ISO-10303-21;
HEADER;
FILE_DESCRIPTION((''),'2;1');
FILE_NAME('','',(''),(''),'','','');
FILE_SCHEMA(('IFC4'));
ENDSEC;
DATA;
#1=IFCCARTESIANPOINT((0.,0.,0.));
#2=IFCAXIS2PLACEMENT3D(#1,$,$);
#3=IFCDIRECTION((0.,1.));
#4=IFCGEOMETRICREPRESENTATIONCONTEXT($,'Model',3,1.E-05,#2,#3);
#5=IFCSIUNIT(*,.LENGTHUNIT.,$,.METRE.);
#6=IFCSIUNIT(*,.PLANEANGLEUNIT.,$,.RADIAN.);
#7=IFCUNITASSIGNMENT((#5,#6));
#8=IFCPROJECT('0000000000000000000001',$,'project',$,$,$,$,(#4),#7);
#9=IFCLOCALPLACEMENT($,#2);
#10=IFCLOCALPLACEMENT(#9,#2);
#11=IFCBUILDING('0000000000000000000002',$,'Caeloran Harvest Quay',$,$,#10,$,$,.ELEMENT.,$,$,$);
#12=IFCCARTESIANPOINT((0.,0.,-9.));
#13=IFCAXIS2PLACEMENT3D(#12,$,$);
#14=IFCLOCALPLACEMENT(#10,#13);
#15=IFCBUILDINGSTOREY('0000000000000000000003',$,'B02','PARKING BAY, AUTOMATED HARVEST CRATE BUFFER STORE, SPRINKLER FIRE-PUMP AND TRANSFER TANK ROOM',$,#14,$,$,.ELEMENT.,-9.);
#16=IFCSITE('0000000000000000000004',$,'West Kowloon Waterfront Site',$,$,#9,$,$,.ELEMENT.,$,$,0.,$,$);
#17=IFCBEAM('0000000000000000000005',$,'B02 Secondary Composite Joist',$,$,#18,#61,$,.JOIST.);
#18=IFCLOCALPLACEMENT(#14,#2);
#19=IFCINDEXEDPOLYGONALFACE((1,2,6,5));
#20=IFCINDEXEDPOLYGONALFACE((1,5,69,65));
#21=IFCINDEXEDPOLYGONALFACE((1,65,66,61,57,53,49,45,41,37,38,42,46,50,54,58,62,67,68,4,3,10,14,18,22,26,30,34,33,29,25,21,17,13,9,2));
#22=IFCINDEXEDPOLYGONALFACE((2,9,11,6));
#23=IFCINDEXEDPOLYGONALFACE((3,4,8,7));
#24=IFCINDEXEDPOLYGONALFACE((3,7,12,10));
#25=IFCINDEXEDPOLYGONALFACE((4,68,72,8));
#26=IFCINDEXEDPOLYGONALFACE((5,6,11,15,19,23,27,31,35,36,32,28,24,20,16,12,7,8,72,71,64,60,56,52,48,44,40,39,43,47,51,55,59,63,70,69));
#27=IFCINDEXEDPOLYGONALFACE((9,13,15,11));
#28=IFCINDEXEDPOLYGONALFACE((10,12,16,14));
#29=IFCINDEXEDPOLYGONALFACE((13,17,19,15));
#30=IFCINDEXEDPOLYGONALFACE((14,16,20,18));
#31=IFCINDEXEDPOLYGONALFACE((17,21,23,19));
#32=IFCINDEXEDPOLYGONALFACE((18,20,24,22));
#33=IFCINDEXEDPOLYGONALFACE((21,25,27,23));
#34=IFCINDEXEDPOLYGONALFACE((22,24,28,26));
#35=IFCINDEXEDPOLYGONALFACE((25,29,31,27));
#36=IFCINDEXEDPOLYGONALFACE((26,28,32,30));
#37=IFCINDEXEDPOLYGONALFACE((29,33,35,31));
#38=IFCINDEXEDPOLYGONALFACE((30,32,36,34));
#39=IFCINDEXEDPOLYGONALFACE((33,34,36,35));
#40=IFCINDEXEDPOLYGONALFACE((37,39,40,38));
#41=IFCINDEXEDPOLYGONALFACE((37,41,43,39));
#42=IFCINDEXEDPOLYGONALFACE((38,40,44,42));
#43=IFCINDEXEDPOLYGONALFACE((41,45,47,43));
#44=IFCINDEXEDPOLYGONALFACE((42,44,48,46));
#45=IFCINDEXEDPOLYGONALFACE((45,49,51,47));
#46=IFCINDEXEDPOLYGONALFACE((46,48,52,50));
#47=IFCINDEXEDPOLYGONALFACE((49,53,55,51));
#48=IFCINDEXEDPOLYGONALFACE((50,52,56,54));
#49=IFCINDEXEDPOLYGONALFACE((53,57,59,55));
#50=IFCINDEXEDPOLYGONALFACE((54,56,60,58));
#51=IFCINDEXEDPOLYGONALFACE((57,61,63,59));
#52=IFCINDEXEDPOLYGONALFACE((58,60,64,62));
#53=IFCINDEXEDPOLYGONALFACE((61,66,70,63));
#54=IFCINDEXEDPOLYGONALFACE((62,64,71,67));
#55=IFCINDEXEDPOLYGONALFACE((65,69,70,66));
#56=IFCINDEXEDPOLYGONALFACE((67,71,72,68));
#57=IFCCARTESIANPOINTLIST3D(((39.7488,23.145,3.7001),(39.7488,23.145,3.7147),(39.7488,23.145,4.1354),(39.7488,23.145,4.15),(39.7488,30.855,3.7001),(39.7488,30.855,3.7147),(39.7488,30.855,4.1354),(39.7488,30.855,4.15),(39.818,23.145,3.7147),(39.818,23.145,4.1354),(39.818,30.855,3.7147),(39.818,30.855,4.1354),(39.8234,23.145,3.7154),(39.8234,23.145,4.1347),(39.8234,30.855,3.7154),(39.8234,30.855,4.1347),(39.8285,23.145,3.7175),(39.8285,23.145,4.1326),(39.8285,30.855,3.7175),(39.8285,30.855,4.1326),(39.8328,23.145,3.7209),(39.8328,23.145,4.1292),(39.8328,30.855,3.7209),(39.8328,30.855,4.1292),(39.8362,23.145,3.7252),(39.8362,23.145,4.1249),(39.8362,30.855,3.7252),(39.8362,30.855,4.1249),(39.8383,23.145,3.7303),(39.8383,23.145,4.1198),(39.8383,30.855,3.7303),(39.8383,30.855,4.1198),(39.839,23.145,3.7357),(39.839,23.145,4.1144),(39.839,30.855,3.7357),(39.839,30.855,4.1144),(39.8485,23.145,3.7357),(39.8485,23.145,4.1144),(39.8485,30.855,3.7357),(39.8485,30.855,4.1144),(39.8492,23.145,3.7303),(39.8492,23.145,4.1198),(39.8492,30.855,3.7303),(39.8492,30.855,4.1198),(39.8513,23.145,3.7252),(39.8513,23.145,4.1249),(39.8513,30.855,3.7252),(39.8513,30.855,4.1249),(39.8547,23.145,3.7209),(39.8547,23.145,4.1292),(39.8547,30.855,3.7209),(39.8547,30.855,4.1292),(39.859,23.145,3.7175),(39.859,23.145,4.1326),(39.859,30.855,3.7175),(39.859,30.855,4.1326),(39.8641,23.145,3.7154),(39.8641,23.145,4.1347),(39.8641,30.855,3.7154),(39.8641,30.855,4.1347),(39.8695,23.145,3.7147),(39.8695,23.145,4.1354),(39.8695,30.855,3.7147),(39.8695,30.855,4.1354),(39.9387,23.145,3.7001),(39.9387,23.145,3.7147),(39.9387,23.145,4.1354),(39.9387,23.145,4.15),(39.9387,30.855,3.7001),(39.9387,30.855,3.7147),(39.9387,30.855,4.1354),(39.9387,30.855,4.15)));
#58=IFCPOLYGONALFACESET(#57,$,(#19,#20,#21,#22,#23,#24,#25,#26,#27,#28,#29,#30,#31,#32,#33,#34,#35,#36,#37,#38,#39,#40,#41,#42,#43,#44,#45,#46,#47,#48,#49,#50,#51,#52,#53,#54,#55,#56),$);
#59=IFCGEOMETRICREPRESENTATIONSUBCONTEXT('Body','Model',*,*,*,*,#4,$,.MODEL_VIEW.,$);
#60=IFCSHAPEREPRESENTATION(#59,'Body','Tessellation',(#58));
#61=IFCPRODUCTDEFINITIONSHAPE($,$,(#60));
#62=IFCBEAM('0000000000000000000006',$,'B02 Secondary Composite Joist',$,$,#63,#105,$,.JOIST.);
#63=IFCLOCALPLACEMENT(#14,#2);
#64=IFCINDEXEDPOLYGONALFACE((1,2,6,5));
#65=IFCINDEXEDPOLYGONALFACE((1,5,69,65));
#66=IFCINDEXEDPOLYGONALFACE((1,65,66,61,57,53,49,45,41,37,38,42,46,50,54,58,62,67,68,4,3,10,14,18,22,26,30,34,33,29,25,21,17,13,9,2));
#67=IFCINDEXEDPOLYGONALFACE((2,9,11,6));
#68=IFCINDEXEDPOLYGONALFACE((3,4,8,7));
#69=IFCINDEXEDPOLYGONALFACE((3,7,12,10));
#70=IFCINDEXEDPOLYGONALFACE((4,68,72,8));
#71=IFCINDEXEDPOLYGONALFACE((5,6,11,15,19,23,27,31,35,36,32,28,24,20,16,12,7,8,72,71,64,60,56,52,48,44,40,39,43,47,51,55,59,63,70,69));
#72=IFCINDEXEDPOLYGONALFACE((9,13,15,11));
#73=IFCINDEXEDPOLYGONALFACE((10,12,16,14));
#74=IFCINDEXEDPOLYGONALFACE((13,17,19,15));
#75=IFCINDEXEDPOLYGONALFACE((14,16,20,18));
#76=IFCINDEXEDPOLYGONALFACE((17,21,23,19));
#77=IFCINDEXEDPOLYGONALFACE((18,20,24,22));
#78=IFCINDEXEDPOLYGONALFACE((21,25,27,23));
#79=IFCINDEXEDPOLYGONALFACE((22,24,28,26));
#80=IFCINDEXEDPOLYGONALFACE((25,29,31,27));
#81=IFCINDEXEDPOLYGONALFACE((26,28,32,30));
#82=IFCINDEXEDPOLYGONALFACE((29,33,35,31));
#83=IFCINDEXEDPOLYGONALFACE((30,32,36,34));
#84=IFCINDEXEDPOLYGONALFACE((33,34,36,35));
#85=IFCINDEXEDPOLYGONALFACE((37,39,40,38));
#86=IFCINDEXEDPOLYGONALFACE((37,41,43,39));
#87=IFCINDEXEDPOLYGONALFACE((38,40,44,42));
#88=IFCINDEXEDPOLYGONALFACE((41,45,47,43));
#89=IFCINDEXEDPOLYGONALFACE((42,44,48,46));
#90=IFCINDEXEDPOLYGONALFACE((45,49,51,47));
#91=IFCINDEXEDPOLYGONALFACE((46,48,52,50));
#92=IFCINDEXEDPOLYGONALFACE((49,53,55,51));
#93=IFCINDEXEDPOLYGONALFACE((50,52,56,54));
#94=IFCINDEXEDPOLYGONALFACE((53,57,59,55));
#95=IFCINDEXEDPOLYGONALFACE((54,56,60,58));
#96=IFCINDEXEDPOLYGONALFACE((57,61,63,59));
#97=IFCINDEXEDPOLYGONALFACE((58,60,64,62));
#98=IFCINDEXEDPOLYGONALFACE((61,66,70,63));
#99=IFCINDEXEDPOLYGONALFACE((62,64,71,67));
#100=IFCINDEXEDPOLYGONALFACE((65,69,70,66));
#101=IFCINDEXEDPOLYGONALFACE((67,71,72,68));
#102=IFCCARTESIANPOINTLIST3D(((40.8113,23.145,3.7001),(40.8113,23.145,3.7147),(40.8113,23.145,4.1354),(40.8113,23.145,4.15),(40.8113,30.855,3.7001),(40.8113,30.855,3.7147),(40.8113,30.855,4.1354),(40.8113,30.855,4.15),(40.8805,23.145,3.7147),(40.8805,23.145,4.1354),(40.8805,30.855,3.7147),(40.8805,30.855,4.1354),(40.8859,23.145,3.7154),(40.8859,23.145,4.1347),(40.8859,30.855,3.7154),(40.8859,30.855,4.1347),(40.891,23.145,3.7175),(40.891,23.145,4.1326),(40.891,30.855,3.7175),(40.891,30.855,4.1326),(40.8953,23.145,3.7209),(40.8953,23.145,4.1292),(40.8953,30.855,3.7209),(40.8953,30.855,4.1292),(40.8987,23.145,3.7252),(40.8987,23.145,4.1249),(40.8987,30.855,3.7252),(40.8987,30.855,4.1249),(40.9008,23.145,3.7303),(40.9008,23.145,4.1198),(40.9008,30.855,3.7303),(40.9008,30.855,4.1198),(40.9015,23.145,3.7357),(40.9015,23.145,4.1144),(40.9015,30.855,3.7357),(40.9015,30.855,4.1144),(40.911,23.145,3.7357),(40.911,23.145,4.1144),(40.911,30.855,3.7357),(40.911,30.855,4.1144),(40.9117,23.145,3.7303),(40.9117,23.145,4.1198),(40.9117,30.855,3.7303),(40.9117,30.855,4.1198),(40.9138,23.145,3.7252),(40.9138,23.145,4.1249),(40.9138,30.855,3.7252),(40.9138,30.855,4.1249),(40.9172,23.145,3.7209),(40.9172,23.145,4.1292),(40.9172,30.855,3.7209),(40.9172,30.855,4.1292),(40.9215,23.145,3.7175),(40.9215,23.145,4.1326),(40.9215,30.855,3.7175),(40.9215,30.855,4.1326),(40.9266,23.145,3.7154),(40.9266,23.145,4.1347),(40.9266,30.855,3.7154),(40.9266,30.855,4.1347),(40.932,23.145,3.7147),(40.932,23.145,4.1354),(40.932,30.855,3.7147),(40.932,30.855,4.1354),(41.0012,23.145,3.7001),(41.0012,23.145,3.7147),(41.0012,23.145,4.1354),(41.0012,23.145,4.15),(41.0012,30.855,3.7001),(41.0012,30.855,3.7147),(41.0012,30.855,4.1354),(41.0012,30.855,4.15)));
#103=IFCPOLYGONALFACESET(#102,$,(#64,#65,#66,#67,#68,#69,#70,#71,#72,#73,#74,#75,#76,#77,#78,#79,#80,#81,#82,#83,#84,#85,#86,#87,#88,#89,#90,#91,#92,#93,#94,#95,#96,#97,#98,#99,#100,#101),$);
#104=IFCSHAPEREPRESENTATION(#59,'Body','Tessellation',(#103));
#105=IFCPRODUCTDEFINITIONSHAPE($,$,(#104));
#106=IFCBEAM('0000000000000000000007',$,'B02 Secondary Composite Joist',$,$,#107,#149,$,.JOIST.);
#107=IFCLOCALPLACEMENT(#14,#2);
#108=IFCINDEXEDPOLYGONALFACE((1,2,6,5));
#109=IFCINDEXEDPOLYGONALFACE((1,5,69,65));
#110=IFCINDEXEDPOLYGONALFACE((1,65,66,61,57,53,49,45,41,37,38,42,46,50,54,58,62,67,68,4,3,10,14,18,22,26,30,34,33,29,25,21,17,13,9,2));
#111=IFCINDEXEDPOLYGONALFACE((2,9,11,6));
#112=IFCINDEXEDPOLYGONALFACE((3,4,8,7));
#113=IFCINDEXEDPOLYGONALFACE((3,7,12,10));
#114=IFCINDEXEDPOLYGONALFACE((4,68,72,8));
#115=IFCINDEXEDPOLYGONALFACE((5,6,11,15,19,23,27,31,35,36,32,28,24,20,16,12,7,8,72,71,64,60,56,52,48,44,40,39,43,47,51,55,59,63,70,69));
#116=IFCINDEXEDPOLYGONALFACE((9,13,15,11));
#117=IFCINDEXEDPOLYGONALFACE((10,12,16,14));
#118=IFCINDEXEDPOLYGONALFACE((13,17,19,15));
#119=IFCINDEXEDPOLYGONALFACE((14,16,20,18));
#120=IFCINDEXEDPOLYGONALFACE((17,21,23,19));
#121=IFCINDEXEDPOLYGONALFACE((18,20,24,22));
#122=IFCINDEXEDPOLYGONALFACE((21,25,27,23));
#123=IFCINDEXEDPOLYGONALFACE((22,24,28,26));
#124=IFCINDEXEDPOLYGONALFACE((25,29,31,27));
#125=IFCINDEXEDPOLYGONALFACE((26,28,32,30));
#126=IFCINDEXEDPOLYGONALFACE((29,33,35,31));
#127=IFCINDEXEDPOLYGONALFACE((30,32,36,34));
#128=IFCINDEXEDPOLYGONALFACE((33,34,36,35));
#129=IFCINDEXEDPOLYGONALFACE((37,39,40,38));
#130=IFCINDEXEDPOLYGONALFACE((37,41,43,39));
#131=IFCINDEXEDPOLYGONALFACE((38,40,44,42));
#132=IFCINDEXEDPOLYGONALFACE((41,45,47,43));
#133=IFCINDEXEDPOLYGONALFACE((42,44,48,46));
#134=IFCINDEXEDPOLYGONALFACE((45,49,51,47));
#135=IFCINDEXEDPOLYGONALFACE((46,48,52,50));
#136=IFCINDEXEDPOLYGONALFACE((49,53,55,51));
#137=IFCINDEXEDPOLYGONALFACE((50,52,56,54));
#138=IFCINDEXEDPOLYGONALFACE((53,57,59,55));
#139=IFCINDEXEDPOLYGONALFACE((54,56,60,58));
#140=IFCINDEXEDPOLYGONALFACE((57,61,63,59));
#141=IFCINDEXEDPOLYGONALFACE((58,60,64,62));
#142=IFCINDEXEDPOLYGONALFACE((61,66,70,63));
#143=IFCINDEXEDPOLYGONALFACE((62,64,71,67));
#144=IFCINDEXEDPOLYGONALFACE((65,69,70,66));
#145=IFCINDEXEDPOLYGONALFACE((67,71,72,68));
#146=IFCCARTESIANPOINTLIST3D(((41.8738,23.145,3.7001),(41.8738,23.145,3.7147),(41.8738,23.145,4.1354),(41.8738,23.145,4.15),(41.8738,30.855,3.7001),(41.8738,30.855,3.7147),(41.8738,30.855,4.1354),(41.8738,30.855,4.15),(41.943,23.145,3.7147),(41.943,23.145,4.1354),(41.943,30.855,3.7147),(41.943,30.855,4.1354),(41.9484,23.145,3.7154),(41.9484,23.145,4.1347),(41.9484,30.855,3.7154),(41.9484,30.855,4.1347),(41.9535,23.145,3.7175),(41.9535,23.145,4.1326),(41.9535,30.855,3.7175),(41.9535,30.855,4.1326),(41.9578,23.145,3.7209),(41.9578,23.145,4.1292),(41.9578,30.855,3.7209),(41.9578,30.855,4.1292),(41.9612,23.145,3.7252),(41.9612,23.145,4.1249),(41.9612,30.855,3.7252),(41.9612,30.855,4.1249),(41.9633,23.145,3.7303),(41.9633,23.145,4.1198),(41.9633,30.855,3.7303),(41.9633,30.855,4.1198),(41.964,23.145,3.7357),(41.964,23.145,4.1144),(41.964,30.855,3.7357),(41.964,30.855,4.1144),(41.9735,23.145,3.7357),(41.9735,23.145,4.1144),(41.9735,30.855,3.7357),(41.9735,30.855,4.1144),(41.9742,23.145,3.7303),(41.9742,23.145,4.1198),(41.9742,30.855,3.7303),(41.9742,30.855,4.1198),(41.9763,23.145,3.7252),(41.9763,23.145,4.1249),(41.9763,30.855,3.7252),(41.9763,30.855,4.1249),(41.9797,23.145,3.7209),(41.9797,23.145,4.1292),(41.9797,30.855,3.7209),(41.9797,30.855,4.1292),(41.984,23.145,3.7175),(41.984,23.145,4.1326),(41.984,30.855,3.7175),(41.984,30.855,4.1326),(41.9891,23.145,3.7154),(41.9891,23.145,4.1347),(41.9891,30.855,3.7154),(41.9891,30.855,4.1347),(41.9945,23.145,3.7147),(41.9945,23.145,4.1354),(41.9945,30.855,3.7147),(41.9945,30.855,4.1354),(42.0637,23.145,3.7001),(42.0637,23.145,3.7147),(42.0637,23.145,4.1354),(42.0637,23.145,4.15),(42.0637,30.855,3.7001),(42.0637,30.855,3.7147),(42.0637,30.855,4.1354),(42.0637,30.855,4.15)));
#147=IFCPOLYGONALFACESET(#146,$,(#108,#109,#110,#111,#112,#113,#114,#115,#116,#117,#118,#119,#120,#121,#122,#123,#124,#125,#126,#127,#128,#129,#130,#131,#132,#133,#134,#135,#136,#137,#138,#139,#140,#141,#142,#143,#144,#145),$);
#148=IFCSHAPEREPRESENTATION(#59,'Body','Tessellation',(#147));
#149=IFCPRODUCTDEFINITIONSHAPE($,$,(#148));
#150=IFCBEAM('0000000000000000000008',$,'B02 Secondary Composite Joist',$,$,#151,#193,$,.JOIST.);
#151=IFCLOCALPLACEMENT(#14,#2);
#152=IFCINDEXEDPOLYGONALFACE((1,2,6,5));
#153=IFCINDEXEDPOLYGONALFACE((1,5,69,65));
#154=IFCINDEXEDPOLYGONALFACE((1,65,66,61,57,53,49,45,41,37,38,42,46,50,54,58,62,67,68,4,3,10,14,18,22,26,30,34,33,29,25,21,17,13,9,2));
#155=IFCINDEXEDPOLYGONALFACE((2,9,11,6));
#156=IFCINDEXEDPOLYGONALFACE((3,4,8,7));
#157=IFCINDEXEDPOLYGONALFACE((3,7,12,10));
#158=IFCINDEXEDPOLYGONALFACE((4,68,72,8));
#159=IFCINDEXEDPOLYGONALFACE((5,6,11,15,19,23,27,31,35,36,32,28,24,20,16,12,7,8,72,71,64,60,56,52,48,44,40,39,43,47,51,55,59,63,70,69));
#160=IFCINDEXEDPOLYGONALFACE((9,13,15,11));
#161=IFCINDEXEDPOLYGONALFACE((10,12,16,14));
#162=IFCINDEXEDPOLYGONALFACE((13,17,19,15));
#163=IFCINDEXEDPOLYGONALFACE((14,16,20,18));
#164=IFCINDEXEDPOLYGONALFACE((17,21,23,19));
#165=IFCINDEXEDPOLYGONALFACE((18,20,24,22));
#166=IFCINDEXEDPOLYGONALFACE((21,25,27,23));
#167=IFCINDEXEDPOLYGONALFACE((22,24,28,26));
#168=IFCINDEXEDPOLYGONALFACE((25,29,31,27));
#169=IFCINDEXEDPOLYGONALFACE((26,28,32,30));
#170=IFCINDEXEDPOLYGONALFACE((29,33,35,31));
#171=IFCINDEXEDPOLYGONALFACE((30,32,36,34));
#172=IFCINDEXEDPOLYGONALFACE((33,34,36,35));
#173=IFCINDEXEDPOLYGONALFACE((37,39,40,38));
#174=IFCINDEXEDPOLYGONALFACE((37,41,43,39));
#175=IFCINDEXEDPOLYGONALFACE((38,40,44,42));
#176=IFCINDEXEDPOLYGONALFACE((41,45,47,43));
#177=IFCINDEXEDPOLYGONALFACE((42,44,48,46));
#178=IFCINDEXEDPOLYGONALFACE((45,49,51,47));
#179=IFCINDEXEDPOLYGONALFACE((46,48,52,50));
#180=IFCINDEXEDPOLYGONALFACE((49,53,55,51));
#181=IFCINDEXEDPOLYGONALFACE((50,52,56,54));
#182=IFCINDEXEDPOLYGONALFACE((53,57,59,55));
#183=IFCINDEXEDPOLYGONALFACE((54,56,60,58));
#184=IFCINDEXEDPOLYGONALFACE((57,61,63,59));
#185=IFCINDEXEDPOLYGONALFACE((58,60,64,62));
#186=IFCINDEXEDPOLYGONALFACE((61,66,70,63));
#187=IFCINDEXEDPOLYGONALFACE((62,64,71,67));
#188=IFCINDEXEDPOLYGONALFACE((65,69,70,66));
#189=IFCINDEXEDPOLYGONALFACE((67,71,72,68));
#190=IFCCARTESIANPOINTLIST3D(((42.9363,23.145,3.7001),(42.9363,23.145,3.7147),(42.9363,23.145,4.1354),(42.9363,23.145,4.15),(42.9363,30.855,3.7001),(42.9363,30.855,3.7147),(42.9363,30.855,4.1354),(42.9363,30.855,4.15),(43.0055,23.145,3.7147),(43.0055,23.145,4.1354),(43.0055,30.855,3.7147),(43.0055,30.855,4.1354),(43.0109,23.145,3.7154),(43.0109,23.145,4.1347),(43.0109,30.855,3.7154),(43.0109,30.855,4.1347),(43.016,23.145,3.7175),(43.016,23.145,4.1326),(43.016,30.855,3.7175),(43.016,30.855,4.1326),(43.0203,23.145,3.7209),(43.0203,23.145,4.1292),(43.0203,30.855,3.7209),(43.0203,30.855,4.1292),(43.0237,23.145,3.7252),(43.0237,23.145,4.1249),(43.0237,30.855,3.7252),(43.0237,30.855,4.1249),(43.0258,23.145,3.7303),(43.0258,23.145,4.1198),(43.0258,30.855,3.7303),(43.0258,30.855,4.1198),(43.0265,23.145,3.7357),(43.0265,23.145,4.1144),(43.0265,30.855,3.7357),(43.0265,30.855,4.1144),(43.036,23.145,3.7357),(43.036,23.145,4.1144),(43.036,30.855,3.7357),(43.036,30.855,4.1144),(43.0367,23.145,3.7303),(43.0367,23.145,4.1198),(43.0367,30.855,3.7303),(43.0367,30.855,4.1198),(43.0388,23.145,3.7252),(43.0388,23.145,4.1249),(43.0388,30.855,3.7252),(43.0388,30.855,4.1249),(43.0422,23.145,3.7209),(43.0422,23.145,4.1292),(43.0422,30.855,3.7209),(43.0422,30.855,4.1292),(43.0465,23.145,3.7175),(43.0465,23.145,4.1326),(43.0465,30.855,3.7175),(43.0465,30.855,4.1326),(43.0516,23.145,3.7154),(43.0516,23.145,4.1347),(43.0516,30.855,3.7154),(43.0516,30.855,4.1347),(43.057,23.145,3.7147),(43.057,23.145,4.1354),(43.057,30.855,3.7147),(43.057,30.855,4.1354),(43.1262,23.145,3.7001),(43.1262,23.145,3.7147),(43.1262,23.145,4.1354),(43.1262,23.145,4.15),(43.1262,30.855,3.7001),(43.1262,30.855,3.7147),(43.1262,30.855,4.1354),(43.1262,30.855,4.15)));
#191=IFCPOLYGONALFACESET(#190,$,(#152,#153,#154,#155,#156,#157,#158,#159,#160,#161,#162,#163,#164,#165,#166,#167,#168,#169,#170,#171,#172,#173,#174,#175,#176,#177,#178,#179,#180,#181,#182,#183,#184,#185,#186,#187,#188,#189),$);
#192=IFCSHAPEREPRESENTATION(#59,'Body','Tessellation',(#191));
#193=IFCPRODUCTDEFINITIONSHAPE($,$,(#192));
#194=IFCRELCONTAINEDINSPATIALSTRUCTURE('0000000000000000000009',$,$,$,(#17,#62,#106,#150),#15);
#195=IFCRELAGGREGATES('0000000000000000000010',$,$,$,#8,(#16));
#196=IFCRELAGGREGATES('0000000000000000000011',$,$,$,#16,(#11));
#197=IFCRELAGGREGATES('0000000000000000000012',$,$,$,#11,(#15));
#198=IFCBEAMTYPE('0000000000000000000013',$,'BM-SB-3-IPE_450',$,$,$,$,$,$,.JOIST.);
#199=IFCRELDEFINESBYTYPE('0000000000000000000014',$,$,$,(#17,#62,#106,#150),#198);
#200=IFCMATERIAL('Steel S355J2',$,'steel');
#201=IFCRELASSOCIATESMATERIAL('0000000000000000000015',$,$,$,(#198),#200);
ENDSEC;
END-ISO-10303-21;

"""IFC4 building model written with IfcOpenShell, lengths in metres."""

from ifc_helpers import new_model, si_unit, direction, frame, origin, origin_2d, place, context, subcontext, project, spatial, i_section, extrude, material, material_profile, profile_set, type_object, element, save


model = new_model("IFC4")

# Units and contexts
model_context = context("Model", 3, precision=1e-05, world=origin(), true_north=direction((0.0, 1.0)))
body_context = subcontext(model_context, "Body", "Model", "MODEL_VIEW")
ifc_project = project(units=[si_unit("LENGTHUNIT", "METRE"), si_unit("PLANEANGLEUNIT", "RADIAN")], contexts=[model_context])

# Site, building, storey
site_placement = place(None, origin())
site = spatial("IfcSite", under=ifc_project, at=site_placement, Name="West Kowloon Waterfront Site", CompositionType="ELEMENT", RefElevation=0.0)
building_placement = place(site_placement, origin())
building = spatial("IfcBuilding", under=site, at=building_placement, Name="Caeloran Harvest Quay", CompositionType="ELEMENT")
storey_placement = place(building_placement, frame((0.0, 0.0, -9.0)))
storey = spatial("IfcBuildingStorey", under=building, at=storey_placement, Name="B02", Description="PARKING BAY, AUTOMATED HARVEST CRATE BUFFER STORE, SPRINKLER FIRE-PUMP AND TRANSFER TANK ROOM", CompositionType="ELEMENT", Elevation=-9.0)

# Beams
ifc_material_1 = material(Name="Steel S355J2", Category="steel")
ifc_material_profile_1 = material_profile(ifc_material_1, i_section(OverallWidth=0.1899, OverallDepth=0.45, WebThickness=0.0095, FlangeThickness=0.0146, FilletRadius=0.021, at=origin_2d()), Name="IPE 450")
ifc_profile_set_1 = profile_set([ifc_material_profile_1], Name="Steel S355J2")
beam_type_1 = type_object("IfcBeamType", Name="BM-SB-3-IPE_450", PredefinedType="JOIST", material=ifc_profile_set_1)
for number, where, z_axis, x_axis, name in (
    (1, (39.8438, 23.145, 3.925), (0.0, 1.0, 0.0), (-1.0, 0.0, 0.0), "B02 Secondary Composite Joist"),
    (2, (40.9062, 23.145, 3.925), (0.0, 1.0, 0.0), (-1.0, 0.0, 0.0), "B02 Secondary Composite Joist"),
    (3, (41.9688, 23.145, 3.925), (0.0, 1.0, 0.0), (-1.0, 0.0, 0.0), "B02 Secondary Composite Joist"),
    (4, (43.0312, 23.145, 3.925), (0.0, 1.0, 0.0), (-1.0, 0.0, 0.0), "B02 Secondary Composite Joist"),
):
    element("IfcBeam", number, at=place(storey_placement, frame(where, z_axis=z_axis, x_axis=x_axis)), inside=storey, type_object=beam_type_1, Name=name, PredefinedType="JOIST", context=body_context, shape_type="SweptSolid", body=[
        extrude(i_section(OverallWidth=0.1899, OverallDepth=0.45, WebThickness=0.0095, FlangeThickness=0.0146, FilletRadius=0.021, at=origin_2d()), origin(), (0.0, 0.0, 1.0), 7.71),
    ])

save(model, "model.ifc")
